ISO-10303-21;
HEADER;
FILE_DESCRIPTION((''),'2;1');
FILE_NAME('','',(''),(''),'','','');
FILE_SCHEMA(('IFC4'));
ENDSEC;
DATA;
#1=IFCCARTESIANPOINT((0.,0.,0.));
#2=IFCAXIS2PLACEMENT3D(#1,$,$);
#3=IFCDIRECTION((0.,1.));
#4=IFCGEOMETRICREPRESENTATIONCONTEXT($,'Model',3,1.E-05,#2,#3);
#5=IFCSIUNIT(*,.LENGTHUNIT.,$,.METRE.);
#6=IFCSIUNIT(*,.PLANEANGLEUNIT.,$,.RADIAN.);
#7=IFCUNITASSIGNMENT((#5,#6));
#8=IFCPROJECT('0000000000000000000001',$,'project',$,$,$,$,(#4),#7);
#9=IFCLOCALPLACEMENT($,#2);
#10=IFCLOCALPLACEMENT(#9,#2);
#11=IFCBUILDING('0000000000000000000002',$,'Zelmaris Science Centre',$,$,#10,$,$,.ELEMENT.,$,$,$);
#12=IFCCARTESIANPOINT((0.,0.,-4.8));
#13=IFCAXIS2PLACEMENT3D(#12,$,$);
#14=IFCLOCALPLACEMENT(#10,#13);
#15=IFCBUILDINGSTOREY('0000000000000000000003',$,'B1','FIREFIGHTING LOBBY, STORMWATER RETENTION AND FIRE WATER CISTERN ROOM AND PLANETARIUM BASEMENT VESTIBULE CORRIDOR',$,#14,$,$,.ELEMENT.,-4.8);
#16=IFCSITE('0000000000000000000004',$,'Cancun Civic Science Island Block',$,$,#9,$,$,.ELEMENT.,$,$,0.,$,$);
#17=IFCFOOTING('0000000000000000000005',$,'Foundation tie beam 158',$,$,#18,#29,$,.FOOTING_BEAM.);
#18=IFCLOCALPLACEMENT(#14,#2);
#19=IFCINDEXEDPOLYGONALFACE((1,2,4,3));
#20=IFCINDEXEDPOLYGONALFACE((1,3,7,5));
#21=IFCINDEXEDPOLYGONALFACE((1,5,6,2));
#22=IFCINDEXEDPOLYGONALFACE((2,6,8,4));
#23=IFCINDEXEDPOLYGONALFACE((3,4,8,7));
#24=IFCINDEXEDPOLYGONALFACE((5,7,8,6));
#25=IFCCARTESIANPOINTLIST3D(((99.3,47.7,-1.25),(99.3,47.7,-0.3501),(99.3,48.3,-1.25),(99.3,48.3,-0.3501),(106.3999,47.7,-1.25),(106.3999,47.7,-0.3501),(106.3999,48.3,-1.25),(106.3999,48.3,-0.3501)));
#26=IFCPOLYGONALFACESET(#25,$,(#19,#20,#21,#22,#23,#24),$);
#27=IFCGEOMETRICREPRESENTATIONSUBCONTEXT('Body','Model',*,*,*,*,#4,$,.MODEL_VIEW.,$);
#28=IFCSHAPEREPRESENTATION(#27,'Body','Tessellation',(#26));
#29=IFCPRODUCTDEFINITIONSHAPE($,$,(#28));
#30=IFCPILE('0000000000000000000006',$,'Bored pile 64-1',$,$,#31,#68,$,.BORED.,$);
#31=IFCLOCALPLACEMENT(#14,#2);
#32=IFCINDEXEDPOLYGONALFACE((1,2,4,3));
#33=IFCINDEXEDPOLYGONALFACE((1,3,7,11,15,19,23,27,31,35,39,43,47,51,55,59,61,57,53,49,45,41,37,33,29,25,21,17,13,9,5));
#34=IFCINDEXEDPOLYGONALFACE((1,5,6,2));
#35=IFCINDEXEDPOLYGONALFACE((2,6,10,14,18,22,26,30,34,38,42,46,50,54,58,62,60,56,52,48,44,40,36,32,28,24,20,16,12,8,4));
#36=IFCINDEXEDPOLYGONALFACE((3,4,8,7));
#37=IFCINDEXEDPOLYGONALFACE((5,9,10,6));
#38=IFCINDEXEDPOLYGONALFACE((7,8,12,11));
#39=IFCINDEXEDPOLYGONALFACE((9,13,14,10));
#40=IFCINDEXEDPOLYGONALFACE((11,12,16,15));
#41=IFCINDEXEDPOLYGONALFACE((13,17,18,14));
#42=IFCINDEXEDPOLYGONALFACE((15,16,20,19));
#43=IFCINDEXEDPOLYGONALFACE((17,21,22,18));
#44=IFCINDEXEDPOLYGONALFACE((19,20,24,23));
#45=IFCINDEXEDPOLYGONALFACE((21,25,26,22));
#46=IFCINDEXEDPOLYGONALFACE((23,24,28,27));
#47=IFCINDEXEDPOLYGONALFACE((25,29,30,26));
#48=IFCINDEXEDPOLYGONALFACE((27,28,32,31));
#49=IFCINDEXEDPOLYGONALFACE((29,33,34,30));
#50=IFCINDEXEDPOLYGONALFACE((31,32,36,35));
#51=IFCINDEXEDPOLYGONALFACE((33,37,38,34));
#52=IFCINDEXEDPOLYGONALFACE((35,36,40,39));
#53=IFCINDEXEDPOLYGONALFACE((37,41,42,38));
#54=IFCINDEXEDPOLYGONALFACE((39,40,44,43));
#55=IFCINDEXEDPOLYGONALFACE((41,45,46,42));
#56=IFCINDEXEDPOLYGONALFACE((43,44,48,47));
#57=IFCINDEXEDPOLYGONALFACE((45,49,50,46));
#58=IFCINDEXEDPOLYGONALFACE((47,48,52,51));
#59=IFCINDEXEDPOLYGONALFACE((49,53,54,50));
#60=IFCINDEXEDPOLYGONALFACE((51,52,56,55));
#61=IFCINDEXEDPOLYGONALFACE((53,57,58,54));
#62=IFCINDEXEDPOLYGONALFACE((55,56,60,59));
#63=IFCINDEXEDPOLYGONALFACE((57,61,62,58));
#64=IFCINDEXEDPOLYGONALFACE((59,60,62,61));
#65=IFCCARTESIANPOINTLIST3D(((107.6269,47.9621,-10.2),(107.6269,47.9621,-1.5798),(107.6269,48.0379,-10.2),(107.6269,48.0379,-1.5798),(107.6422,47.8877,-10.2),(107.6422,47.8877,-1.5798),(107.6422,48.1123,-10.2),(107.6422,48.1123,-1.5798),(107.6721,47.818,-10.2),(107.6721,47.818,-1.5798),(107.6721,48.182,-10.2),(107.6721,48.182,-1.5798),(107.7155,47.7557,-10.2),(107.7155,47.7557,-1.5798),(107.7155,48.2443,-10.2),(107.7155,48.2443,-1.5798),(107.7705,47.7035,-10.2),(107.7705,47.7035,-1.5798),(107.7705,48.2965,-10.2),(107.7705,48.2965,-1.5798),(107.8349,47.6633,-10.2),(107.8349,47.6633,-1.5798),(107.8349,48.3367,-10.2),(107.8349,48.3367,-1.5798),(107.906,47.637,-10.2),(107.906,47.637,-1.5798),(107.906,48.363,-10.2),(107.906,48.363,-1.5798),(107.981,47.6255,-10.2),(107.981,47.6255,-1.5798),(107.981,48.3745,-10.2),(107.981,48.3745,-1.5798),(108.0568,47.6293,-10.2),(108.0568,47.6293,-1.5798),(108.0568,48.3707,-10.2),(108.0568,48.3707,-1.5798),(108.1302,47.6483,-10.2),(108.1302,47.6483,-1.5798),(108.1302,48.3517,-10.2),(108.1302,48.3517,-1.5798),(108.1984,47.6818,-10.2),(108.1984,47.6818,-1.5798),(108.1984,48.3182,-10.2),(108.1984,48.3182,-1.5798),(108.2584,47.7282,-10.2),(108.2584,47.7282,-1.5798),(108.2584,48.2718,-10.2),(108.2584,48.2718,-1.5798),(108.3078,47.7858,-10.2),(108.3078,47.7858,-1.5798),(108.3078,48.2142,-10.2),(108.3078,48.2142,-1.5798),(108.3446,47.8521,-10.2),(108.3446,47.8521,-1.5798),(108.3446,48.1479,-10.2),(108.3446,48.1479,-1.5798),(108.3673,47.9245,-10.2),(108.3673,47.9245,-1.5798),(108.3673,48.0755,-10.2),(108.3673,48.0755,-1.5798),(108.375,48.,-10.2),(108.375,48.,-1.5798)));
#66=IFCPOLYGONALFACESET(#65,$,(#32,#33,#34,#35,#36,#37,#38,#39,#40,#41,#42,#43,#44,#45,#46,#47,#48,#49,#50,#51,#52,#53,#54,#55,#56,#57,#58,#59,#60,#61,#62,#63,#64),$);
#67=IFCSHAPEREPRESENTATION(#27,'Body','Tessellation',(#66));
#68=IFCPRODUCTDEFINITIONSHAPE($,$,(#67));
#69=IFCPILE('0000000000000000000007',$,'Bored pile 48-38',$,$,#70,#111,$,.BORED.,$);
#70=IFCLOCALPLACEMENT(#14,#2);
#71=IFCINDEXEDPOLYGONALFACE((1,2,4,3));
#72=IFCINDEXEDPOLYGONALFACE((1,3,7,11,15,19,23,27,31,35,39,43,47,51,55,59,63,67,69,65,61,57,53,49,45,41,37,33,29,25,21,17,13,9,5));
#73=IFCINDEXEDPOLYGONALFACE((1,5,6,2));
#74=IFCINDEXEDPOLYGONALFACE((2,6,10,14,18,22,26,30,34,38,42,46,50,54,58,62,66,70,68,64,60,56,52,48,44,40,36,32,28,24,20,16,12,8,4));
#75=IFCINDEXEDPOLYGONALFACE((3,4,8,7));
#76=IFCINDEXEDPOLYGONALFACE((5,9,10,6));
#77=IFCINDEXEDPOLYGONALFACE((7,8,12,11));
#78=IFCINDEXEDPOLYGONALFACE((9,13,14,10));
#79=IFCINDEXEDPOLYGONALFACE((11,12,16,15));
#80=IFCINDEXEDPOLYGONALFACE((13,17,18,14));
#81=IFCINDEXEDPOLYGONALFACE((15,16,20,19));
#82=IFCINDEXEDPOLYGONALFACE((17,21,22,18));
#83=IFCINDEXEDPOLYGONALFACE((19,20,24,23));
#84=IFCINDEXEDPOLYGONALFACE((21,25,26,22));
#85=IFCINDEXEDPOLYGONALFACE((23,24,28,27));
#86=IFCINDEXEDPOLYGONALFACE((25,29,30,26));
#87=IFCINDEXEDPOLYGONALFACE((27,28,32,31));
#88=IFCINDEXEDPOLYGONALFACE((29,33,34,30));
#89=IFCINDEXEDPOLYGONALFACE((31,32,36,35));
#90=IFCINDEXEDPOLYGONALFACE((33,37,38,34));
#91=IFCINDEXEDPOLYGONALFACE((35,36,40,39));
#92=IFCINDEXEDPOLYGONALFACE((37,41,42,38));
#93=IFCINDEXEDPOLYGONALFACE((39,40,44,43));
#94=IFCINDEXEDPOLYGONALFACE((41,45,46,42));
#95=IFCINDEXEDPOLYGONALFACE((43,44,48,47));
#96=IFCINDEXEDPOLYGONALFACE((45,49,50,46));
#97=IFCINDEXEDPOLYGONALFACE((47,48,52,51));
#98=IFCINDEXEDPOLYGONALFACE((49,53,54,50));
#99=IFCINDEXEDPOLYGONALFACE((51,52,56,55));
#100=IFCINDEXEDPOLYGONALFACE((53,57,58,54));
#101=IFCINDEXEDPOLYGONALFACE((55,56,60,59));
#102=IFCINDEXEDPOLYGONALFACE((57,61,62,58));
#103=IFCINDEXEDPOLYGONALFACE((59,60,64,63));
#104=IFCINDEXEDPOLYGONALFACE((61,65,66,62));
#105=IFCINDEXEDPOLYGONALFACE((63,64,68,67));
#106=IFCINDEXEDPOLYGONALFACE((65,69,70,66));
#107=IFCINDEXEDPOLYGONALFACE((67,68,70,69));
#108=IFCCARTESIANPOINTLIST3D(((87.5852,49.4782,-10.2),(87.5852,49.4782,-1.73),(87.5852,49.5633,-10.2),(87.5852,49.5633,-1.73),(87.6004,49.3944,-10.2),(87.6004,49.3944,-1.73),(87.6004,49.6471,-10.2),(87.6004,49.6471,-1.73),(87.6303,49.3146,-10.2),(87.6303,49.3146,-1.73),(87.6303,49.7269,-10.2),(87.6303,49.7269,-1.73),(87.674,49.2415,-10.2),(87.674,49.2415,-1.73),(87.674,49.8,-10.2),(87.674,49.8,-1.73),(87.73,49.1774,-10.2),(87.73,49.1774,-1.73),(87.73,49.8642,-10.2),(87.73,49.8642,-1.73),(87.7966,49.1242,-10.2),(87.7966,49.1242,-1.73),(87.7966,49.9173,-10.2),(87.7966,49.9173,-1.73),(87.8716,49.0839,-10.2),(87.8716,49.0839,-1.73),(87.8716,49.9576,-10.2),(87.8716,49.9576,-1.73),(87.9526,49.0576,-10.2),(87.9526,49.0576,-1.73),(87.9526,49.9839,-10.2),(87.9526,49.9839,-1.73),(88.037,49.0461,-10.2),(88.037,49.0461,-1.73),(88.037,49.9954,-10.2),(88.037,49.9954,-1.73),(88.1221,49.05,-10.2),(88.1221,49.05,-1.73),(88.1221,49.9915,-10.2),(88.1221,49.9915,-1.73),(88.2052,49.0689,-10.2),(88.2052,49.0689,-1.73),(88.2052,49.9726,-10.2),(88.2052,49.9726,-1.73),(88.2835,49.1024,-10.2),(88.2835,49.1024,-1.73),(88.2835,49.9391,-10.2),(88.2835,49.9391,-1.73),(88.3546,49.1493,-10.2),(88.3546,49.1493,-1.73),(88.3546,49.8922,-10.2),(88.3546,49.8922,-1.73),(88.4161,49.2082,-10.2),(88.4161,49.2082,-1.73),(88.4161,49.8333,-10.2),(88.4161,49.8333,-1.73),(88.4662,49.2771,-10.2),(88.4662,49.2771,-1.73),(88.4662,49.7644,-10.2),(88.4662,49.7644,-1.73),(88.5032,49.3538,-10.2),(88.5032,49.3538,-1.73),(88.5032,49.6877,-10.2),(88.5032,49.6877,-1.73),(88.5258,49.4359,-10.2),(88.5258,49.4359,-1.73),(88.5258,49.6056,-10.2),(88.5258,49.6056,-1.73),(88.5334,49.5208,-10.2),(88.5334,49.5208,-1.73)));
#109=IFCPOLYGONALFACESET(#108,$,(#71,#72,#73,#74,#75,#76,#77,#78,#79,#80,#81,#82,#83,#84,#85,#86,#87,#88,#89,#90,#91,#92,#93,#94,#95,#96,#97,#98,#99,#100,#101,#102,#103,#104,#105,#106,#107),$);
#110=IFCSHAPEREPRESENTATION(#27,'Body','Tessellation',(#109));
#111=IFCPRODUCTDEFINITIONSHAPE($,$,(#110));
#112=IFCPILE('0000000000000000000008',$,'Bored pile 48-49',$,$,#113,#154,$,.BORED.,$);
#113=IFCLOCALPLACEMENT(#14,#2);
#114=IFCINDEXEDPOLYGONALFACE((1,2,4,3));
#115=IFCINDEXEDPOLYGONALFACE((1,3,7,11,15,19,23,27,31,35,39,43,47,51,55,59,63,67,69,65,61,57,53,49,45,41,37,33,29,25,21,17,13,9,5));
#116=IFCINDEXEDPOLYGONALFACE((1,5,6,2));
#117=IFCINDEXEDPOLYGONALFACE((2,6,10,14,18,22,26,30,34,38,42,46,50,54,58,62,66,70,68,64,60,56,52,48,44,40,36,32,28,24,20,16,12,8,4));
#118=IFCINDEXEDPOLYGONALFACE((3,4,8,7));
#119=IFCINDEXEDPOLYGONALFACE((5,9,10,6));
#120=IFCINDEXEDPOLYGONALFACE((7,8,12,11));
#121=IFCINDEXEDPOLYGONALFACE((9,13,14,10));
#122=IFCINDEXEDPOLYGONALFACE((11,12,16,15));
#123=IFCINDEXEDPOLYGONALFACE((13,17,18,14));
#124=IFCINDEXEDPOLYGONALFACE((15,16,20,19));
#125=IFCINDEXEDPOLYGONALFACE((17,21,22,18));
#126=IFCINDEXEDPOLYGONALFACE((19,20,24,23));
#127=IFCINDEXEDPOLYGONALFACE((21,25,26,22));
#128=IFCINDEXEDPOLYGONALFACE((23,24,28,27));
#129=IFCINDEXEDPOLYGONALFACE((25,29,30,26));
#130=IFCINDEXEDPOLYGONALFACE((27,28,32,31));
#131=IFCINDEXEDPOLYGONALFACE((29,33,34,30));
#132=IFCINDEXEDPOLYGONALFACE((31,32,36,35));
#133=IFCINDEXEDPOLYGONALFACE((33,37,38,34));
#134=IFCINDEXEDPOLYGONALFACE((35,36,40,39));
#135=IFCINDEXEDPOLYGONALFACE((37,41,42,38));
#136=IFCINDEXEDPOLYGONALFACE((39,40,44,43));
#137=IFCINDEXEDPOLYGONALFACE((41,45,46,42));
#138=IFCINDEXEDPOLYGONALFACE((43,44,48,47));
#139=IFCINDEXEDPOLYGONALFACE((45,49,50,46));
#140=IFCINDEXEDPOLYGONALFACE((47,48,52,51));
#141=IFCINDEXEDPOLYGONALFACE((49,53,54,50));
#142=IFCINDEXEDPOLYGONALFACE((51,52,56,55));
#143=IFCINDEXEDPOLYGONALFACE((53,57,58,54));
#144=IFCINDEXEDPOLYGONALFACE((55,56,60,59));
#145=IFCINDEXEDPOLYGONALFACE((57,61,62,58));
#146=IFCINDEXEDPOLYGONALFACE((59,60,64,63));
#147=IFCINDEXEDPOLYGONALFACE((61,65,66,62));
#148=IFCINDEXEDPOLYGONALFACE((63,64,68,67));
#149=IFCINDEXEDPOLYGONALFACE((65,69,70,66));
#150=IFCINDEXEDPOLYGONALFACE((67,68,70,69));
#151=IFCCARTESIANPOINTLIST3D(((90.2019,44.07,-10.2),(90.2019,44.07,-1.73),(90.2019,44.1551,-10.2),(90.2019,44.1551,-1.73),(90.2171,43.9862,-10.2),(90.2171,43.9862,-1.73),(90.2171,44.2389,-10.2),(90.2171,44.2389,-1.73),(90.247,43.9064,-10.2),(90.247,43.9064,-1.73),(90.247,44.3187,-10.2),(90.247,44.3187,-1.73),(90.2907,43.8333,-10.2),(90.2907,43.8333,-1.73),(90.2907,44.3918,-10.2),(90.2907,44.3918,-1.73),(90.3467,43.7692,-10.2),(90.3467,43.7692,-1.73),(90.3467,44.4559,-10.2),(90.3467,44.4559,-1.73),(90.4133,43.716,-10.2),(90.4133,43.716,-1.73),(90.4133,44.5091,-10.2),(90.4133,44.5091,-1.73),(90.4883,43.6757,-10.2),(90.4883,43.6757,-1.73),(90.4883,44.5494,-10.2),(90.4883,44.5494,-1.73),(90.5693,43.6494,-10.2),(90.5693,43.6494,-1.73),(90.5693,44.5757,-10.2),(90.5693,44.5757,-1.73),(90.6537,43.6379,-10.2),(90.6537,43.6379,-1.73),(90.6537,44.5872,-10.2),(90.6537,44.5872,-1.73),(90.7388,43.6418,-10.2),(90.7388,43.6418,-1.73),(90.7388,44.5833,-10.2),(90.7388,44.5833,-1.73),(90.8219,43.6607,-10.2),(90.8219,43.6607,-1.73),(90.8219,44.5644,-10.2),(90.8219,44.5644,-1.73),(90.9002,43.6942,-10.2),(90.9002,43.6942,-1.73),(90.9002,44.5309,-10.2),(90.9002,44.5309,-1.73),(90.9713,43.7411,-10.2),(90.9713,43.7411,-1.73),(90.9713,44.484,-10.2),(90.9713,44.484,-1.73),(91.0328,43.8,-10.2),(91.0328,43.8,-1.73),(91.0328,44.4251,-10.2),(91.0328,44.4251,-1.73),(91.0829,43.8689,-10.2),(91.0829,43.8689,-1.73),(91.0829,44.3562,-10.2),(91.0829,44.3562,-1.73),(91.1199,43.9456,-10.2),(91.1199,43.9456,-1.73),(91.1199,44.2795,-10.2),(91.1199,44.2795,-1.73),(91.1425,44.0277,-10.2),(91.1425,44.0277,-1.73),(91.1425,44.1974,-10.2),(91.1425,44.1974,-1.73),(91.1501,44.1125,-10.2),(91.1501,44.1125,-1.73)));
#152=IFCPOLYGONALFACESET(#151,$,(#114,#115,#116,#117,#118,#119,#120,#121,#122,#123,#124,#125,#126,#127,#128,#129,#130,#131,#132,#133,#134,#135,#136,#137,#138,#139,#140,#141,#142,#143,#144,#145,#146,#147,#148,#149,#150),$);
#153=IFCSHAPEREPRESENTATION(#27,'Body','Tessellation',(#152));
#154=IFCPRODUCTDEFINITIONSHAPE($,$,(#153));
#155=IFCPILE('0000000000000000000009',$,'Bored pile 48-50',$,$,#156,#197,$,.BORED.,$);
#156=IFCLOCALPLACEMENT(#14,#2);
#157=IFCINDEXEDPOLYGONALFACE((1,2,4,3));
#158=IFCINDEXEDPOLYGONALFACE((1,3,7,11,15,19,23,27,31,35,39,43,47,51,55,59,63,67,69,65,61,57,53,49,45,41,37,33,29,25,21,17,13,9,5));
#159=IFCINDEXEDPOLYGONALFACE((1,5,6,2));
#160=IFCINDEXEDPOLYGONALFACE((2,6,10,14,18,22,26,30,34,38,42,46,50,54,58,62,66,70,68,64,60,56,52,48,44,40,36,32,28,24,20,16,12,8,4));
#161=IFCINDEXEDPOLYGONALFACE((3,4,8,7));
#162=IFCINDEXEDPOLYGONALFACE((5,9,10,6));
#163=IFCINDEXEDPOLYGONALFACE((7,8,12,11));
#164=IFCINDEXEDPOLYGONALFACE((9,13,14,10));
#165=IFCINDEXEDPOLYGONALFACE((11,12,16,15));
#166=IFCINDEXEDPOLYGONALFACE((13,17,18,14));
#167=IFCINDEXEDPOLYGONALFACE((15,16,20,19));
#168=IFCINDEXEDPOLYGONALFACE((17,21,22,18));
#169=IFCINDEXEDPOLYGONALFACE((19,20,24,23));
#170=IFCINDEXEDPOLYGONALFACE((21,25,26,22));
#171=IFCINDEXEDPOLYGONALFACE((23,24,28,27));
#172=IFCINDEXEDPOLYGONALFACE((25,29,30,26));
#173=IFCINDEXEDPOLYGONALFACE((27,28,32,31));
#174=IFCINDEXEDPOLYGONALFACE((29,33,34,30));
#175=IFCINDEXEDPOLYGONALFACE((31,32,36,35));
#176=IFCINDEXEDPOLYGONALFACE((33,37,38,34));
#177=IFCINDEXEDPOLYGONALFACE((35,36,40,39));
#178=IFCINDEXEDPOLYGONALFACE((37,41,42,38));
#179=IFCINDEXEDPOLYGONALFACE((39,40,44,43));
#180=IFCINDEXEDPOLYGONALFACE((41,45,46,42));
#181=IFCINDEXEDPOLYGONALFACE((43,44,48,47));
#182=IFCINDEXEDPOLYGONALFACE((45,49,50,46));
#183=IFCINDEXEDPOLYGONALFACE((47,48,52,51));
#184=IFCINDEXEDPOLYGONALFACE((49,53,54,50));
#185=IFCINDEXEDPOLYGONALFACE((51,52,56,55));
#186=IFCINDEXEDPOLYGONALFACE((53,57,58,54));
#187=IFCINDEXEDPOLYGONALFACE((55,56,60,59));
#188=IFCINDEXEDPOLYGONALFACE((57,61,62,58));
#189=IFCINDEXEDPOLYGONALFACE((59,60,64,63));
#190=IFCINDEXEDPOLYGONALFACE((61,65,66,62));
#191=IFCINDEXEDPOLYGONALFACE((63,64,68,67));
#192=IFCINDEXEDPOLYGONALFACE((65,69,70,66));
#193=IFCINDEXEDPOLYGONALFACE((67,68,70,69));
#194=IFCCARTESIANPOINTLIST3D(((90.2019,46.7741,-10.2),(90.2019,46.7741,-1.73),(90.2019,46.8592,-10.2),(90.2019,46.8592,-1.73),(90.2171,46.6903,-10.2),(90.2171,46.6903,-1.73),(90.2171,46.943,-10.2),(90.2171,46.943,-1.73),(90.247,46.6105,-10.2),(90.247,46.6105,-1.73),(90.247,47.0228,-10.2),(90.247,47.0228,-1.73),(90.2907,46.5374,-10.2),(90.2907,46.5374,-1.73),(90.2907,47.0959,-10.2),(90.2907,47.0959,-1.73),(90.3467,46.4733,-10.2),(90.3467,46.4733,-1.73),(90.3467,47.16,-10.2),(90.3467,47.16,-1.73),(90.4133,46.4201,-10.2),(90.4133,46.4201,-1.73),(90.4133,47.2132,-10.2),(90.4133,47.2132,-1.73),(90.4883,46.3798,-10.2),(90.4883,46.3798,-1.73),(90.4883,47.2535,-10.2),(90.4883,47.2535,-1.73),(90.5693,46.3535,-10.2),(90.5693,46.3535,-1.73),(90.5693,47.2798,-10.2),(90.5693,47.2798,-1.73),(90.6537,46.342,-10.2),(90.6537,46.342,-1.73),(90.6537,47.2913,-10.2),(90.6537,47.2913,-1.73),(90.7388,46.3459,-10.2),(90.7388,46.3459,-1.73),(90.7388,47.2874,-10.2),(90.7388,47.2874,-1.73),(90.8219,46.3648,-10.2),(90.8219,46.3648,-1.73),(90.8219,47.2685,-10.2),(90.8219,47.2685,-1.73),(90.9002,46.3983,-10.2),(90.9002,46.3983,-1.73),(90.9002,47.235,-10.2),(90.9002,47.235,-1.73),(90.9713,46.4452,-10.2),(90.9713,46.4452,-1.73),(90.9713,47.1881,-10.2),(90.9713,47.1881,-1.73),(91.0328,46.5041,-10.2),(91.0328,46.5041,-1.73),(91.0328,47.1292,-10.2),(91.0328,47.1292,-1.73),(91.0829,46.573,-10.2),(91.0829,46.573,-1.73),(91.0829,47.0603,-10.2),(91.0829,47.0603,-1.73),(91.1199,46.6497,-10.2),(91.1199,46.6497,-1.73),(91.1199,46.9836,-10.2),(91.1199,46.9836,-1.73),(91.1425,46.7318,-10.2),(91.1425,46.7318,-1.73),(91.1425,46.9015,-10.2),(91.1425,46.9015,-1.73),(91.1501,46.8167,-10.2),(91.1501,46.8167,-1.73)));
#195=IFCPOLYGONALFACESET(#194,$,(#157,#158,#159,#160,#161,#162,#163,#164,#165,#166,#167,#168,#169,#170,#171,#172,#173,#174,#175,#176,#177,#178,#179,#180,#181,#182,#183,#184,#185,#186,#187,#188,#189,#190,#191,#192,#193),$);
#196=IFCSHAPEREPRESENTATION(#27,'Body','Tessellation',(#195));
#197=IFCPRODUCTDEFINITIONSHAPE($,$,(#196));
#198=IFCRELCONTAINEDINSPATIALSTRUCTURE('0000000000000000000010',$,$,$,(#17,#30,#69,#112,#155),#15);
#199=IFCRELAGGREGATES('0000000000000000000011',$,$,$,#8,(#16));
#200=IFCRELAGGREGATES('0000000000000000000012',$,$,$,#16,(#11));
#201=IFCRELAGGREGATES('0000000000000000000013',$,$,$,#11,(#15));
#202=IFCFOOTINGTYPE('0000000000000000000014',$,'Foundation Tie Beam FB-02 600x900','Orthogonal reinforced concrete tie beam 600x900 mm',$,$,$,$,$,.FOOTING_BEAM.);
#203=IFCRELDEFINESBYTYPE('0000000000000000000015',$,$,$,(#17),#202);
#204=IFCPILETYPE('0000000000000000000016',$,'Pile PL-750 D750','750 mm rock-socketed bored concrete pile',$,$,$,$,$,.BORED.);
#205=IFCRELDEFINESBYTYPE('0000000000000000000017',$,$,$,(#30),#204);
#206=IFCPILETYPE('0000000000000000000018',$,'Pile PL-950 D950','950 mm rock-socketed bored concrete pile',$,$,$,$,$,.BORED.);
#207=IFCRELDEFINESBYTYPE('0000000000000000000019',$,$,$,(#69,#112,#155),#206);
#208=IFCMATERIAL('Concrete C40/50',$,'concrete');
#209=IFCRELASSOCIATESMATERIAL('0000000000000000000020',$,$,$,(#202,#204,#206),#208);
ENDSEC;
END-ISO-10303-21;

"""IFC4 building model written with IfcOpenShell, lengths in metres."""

from ifc_helpers import new_model, si_unit, direction, frame, origin, origin_2d, place, context, subcontext, project, spatial, rectangle, circle, extrude, material, material_profile, profile_set, type_object, element, save


model = new_model("IFC4")

# Units and contexts
model_context = context("Model", 3, precision=1e-05, world=origin(), true_north=direction((0.0, 1.0)))
body_context = subcontext(model_context, "Body", "Model", "MODEL_VIEW")
ifc_project = project(units=[si_unit("LENGTHUNIT", "METRE"), si_unit("PLANEANGLEUNIT", "RADIAN")], contexts=[model_context])

# Site, building, storey
site_placement = place(None, origin())
site = spatial("IfcSite", under=ifc_project, at=site_placement, Name="Cancun Civic Science Island Block", CompositionType="ELEMENT", RefElevation=0.0)
building_placement = place(site_placement, origin())
building = spatial("IfcBuilding", under=site, at=building_placement, Name="Zelmaris Science Centre", CompositionType="ELEMENT")
storey_placement = place(building_placement, frame((0.0, 0.0, -4.8)))
storey = spatial("IfcBuildingStorey", under=building, at=storey_placement, Name="B1", Description="FIREFIGHTING LOBBY, STORMWATER RETENTION AND FIRE WATER CISTERN ROOM AND PLANETARIUM BASEMENT VESTIBULE CORRIDOR", CompositionType="ELEMENT", Elevation=-4.8)

# Footing
ifc_material_1 = material(Name="Concrete C40/50", Category="concrete")
ifc_material_profile_1 = material_profile(ifc_material_1, rectangle(XDim=0.6001, YDim=0.8999, at=origin_2d()), Name="FB-600X900")
ifc_profile_set_1 = profile_set([ifc_material_profile_1], Name="Concrete C40/50")
footing_type = type_object("IfcFootingType", Name="Foundation Tie Beam FB-02 600x900", Description="Orthogonal reinforced concrete tie beam 600x900 mm", PredefinedType="FOOTING_BEAM", material=ifc_profile_set_1)
footing_placement = place(storey_placement, frame((99.3, 48.0, -0.8), z_axis=(1.0, 0.0, 0.0), x_axis=(0.0, 1.0, 0.0)))
element("IfcFooting", 1, at=footing_placement, inside=storey, type_object=footing_type, Name="Foundation tie beam 158", PredefinedType="FOOTING_BEAM", context=body_context, shape_type="SweptSolid", body=[
    extrude(rectangle(XDim=0.6001, YDim=0.8999, at=origin_2d()), origin(), (0.0, 0.0, 1.0), 7.0999),
])

# Piles
ifc_material_profile_2 = material_profile(ifc_material_1, circle(Radius=0.375, at=origin_2d()), Name="PILE-750")
ifc_profile_set_2 = profile_set([ifc_material_profile_2], Name="Concrete C40/50")
pile_type_1 = type_object("IfcPileType", Name="Pile PL-750 D750", Description="750 mm rock-socketed bored concrete pile", PredefinedType="BORED", material=ifc_profile_set_2)
pile_placement = place(storey_placement, frame((108.0, 48.0, -1.5798), z_axis=(0.0, 0.0, -1.0), x_axis=(1.0, 0.0, 0.0)))
element("IfcPile", 2, at=pile_placement, inside=storey, type_object=pile_type_1, Name="Bored pile 64-1", PredefinedType="BORED", context=body_context, shape_type="SweptSolid", body=[
    extrude(circle(Radius=0.375, at=origin_2d()), origin(), (0.0, 0.0, 1.0), 8.6201),
])
ifc_material_profile_3 = material_profile(ifc_material_1, circle(Radius=0.4751, at=origin_2d()), Name="PILE-950")
ifc_profile_set_3 = profile_set([ifc_material_profile_3], Name="Concrete C40/50")
pile_type_2 = type_object("IfcPileType", Name="Pile PL-950 D950", Description="950 mm rock-socketed bored concrete pile", PredefinedType="BORED", material=ifc_profile_set_3)
for number, where, z_axis, x_axis, name in (
    (3, (88.0583, 49.5208, -1.73), (0.0, 0.0, -1.0), (1.0, 0.0, 0.0), "Bored pile 48-38"),
    (4, (90.675, 44.1125, -1.73), (0.0, 0.0, -1.0), (1.0, 0.0, 0.0), "Bored pile 48-49"),
    (5, (90.675, 46.8167, -1.73), (0.0, 0.0, -1.0), (1.0, 0.0, 0.0), "Bored pile 48-50"),
):
    element("IfcPile", number, at=place(storey_placement, frame(where, z_axis=z_axis, x_axis=x_axis)), inside=storey, type_object=pile_type_2, Name=name, PredefinedType="BORED", context=body_context, shape_type="SweptSolid", body=[
        extrude(circle(Radius=0.4751, at=origin_2d()), origin(), (0.0, 0.0, 1.0), 8.47),
    ])

save(model, "model.ifc")
